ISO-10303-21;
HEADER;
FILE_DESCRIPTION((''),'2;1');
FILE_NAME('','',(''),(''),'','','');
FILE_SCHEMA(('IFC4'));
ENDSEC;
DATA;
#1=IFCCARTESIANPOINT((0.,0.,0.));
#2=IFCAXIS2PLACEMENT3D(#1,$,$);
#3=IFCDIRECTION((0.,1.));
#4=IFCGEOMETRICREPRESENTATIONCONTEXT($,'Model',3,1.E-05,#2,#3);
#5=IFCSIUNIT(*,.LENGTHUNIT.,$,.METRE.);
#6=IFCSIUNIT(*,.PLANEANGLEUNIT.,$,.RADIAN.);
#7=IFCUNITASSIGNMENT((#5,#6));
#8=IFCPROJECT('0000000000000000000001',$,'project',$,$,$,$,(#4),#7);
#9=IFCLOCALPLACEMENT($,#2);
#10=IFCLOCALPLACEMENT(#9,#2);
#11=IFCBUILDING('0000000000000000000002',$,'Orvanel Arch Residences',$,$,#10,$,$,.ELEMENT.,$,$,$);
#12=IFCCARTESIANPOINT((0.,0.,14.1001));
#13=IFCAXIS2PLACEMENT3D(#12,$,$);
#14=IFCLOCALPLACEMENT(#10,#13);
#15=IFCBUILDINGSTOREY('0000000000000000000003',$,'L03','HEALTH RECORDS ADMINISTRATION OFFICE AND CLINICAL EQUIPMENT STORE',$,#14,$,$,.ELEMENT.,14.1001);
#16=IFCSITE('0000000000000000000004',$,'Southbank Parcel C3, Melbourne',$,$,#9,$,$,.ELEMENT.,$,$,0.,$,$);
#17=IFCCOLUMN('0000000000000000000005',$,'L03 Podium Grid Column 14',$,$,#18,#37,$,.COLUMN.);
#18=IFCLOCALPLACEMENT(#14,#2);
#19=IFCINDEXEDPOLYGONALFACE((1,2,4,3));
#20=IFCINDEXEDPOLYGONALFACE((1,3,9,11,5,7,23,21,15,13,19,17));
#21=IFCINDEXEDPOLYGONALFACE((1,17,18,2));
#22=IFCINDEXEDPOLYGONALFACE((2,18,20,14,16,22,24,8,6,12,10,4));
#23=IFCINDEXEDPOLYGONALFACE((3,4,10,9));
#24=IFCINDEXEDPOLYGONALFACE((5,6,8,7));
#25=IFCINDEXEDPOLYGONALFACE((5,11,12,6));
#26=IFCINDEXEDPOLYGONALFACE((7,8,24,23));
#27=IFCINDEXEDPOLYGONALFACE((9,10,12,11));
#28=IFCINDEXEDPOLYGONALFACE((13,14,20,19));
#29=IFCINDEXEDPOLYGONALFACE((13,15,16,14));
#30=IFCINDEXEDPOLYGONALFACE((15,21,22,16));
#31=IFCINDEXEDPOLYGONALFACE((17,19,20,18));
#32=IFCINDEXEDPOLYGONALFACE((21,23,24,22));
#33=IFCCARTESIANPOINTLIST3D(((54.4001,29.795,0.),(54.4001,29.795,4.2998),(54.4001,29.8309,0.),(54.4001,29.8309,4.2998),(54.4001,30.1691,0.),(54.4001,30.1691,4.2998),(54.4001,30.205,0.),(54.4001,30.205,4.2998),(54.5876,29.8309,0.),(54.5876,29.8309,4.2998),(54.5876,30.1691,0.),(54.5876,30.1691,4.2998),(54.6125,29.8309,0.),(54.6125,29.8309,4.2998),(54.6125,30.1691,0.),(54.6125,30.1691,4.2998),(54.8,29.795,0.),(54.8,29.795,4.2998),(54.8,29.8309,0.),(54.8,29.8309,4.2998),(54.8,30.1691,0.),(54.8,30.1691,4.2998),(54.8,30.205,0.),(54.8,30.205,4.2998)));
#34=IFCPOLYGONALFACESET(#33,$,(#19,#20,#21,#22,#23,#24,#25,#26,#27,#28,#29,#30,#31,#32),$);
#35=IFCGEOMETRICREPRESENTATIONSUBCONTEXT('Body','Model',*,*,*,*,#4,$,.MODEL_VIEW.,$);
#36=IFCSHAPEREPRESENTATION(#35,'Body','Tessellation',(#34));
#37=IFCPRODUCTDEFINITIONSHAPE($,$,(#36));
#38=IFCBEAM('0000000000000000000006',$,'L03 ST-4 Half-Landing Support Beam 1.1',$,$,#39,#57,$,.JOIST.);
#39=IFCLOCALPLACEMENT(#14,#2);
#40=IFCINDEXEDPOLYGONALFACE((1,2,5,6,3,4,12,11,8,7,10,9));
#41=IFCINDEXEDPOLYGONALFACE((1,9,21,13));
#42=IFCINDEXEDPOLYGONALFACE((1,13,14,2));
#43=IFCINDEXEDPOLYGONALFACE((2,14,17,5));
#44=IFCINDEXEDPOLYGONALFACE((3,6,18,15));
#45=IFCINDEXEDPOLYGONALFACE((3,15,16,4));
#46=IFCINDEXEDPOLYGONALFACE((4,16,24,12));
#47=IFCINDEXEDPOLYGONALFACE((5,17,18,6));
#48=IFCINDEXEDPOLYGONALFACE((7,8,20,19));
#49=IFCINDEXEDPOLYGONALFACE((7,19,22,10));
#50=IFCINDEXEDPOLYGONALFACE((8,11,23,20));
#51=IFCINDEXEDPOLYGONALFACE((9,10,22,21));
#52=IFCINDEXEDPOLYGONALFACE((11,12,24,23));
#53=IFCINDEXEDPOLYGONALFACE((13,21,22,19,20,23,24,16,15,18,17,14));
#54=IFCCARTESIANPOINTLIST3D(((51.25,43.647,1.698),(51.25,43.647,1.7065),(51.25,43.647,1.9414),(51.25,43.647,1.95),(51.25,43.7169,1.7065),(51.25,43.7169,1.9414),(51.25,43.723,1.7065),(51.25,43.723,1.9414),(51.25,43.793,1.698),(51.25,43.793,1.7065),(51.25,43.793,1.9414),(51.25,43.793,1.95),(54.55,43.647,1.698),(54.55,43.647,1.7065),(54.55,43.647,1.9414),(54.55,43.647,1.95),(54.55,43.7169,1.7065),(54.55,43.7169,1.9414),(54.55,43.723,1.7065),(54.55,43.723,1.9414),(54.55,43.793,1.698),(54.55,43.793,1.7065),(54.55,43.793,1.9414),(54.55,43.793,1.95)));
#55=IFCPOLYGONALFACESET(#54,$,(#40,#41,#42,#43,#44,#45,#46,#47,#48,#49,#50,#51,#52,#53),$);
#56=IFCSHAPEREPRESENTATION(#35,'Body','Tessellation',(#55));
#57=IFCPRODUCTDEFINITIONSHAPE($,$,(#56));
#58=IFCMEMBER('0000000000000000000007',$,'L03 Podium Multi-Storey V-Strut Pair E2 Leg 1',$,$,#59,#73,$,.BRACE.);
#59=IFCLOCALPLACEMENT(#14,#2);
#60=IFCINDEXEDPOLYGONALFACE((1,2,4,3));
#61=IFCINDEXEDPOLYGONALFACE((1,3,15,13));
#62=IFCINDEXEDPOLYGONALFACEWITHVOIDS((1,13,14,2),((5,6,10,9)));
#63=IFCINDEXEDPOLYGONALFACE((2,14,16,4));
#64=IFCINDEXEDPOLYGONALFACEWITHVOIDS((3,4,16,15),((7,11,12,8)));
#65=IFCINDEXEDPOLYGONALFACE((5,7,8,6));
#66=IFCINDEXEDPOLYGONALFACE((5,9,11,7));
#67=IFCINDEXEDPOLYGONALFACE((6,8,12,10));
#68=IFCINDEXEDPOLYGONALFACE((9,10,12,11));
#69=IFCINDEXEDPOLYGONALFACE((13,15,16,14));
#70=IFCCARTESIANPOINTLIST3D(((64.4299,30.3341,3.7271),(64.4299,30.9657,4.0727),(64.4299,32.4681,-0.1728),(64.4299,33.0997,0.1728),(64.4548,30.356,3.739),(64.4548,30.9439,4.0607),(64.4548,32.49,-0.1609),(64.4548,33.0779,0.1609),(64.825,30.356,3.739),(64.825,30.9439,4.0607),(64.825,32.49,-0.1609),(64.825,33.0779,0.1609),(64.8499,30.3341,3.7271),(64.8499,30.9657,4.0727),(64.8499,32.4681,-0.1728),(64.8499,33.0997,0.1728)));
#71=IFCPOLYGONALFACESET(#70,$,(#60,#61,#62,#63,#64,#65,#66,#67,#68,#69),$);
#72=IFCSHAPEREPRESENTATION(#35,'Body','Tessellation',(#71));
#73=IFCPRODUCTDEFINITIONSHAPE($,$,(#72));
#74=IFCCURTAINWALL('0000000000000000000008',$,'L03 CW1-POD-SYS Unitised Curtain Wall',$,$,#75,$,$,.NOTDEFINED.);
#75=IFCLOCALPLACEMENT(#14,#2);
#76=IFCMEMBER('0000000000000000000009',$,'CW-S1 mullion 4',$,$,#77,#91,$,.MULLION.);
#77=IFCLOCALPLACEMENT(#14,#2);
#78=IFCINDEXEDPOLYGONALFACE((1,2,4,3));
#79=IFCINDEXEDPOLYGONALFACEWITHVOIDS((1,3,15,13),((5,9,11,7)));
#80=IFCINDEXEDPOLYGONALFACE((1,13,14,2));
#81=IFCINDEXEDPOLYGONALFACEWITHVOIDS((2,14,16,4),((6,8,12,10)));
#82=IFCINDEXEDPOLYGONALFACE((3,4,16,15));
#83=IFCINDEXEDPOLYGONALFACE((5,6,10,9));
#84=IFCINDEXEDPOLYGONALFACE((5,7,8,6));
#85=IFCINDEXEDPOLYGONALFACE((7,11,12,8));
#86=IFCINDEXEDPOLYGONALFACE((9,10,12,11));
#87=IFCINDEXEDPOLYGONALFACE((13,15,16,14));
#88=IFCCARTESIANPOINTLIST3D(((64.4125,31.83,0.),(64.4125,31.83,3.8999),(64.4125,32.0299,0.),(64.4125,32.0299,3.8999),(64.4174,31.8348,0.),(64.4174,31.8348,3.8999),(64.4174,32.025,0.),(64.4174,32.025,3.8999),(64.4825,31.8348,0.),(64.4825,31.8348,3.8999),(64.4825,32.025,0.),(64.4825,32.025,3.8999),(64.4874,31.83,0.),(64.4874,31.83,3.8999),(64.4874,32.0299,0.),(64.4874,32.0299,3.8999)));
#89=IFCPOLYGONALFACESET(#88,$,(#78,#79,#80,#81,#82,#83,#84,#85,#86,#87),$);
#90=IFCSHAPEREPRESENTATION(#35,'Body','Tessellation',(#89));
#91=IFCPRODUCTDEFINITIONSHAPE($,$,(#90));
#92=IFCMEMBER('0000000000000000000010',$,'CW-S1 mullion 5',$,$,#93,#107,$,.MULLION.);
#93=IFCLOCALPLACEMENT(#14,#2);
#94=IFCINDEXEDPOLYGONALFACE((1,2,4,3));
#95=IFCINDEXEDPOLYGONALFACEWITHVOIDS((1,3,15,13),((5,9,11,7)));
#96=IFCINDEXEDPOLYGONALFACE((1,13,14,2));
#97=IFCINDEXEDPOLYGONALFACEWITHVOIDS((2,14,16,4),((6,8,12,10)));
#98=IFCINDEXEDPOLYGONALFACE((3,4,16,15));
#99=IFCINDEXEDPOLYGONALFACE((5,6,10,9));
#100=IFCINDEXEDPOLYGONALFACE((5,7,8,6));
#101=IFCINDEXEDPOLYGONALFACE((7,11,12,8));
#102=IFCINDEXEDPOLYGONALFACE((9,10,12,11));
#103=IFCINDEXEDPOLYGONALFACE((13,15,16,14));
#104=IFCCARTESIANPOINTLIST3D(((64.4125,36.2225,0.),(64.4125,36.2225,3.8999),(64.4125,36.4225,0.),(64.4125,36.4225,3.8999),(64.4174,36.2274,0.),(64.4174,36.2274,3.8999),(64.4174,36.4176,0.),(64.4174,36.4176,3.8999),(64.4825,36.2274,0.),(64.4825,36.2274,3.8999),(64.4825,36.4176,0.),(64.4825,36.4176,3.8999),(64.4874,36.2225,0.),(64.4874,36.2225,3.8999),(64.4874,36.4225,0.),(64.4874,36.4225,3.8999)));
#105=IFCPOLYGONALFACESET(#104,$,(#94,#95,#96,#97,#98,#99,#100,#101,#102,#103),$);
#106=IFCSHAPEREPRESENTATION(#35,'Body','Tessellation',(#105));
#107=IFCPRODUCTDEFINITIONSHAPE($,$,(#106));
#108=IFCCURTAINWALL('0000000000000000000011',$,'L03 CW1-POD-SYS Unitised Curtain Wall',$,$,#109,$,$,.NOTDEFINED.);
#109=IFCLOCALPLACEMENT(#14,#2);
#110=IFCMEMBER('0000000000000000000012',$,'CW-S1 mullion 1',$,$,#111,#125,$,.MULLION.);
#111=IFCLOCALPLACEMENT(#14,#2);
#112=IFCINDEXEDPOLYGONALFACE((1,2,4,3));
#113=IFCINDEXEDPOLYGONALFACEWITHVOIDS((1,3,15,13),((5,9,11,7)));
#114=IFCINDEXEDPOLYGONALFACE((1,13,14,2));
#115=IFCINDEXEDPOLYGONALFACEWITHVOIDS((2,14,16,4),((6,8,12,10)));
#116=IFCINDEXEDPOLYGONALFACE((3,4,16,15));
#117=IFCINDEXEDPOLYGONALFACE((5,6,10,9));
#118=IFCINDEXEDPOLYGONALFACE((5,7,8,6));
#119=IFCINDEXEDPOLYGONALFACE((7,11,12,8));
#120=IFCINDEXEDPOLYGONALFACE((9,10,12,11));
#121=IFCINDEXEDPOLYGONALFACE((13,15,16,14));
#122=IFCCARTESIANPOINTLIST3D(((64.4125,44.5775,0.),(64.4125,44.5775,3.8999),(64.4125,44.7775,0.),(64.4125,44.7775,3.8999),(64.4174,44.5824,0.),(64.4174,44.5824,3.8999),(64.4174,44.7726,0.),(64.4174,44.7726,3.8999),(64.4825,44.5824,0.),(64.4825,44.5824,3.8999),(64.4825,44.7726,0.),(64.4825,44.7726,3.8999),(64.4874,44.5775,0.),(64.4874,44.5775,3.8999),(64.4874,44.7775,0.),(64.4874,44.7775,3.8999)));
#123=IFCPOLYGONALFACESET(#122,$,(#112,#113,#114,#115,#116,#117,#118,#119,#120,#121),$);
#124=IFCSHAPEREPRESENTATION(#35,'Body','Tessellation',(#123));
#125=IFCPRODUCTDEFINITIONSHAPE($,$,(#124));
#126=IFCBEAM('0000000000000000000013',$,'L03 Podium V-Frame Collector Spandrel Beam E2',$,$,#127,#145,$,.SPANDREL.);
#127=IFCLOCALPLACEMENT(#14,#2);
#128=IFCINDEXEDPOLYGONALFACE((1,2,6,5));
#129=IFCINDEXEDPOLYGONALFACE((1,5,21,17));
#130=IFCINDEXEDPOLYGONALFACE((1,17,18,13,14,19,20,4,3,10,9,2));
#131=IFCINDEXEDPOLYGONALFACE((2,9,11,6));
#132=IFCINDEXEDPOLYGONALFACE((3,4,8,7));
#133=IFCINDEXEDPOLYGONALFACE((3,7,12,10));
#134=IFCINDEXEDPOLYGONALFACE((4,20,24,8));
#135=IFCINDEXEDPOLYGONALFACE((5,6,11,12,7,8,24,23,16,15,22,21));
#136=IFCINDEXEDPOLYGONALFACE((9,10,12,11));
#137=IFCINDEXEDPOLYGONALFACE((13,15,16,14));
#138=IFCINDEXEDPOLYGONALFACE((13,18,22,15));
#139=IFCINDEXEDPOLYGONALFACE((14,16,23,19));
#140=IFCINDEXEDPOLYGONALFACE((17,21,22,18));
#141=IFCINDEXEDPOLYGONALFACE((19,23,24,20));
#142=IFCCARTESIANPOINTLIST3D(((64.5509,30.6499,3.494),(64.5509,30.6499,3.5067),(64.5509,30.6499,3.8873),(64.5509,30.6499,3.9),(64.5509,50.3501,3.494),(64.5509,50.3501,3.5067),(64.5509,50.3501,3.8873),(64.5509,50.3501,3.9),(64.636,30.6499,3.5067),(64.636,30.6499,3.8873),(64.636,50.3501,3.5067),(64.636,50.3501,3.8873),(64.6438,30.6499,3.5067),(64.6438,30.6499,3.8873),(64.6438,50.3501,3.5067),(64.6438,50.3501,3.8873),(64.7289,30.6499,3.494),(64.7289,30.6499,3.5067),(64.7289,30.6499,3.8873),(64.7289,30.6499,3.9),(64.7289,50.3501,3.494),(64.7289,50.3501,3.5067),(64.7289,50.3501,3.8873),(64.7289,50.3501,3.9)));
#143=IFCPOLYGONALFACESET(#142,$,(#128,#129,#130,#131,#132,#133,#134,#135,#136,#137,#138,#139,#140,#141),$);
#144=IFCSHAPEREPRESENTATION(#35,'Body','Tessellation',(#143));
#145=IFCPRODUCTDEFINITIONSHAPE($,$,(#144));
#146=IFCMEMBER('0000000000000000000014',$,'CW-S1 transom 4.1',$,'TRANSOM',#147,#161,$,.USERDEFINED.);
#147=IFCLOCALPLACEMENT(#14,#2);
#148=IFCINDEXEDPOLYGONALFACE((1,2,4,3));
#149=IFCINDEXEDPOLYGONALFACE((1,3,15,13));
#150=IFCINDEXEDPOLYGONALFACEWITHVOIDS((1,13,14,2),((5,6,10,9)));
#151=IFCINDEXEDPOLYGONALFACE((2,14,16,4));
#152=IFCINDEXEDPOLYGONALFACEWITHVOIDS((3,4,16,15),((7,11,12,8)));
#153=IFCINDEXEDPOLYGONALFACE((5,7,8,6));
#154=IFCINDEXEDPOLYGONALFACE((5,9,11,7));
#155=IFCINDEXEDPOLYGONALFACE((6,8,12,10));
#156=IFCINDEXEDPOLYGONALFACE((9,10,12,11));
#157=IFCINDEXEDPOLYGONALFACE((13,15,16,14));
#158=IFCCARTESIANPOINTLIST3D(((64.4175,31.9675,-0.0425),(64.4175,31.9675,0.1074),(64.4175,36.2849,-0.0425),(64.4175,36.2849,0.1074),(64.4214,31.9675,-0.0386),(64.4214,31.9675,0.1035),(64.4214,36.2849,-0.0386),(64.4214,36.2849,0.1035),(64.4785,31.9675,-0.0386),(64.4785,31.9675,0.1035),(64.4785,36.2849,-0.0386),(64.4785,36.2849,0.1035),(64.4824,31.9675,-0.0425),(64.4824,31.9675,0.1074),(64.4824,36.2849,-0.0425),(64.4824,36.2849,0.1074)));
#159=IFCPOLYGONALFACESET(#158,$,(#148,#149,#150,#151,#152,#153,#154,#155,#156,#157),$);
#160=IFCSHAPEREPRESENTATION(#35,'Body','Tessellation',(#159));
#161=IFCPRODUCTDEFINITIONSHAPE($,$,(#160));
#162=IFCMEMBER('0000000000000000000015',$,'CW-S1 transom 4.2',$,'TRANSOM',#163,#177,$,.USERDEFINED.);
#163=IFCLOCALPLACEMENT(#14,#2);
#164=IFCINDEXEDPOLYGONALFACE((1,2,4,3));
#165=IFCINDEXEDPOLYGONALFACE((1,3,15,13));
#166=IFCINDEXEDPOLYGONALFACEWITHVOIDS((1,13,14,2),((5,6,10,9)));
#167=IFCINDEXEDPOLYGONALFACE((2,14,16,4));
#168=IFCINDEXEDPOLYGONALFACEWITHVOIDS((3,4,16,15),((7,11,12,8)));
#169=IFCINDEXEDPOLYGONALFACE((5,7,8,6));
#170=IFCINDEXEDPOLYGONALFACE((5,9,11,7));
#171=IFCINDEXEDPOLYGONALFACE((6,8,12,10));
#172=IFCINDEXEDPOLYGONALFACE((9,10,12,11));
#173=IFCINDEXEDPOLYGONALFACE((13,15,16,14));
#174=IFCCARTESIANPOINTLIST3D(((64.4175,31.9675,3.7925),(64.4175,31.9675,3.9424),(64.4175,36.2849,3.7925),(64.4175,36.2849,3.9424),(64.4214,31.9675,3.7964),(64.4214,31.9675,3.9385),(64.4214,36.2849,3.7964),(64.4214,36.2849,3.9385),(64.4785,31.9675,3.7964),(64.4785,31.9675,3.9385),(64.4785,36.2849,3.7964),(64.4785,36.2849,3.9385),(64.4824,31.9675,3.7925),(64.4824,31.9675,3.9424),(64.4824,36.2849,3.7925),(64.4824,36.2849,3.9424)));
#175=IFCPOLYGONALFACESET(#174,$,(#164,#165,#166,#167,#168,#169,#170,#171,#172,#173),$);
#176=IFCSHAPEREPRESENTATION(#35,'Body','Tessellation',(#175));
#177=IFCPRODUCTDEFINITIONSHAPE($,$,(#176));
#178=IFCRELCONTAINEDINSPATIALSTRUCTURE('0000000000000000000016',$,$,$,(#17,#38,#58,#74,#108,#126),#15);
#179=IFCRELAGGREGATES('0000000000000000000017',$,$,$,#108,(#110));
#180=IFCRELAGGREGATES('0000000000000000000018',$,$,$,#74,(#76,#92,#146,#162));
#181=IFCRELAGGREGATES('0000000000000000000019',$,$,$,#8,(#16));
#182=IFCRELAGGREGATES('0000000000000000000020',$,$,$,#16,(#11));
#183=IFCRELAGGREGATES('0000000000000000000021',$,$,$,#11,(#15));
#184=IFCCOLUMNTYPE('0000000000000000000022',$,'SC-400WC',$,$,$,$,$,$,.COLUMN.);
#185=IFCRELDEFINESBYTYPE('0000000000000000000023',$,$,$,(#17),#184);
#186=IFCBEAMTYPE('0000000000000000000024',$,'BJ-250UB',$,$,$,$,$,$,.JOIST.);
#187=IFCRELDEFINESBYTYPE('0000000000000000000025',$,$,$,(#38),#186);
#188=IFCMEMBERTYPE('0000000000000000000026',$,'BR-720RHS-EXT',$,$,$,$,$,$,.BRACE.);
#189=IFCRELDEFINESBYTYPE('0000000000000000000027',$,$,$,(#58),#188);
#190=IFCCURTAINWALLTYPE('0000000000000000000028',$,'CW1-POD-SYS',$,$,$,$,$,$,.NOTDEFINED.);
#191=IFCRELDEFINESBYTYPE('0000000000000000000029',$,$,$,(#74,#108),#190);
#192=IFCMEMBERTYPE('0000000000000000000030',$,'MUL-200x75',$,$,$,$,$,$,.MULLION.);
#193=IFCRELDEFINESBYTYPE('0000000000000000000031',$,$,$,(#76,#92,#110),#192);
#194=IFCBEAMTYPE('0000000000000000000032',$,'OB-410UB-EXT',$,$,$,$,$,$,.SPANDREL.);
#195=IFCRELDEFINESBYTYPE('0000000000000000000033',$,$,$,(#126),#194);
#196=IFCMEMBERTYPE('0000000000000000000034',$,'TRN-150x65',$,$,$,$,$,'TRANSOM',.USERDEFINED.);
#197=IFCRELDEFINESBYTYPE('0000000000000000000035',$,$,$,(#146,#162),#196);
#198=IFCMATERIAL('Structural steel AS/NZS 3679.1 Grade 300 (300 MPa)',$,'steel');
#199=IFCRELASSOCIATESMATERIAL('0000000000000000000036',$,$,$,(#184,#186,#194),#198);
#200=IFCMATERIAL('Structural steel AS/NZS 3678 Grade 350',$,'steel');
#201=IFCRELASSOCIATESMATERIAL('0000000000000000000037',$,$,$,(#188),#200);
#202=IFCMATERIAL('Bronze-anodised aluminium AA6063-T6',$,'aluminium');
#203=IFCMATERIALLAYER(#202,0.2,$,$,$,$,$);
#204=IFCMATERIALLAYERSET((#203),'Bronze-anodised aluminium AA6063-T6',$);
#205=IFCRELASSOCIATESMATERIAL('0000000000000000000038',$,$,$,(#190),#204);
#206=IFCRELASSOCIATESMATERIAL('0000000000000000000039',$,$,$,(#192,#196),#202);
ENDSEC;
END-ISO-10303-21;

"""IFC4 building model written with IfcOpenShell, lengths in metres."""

from ifc_helpers import new_model, si_unit, direction, frame, origin, origin_2d, place, context, subcontext, project, spatial, hollow_rectangle, i_section, extrude, material, layer, layer_set, material_profile, profile_set, type_object, element, aggregate, save


model = new_model("IFC4")

# Units and contexts
model_context = context("Model", 3, precision=1e-05, world=origin(), true_north=direction((0.0, 1.0)))
body_context = subcontext(model_context, "Body", "Model", "MODEL_VIEW")
ifc_project = project(units=[si_unit("LENGTHUNIT", "METRE"), si_unit("PLANEANGLEUNIT", "RADIAN")], contexts=[model_context])

# Site, building, storey
site_placement = place(None, origin())
site = spatial("IfcSite", under=ifc_project, at=site_placement, Name="Southbank Parcel C3, Melbourne", CompositionType="ELEMENT", RefElevation=0.0)
building_placement = place(site_placement, origin())
building = spatial("IfcBuilding", under=site, at=building_placement, Name="Orvanel Arch Residences", CompositionType="ELEMENT")
storey_placement = place(building_placement, frame((0.0, 0.0, 14.1001)))
storey = spatial("IfcBuildingStorey", under=building, at=storey_placement, Name="L03", Description="HEALTH RECORDS ADMINISTRATION OFFICE AND CLINICAL EQUIPMENT STORE", CompositionType="ELEMENT", Elevation=14.1001)

# Column
ifc_material_1 = material(Name="Structural steel AS/NZS 3679.1 Grade 300 (300 MPa)", Category="steel")
ifc_material_profile_1 = material_profile(ifc_material_1, i_section(OverallWidth=0.3999, OverallDepth=0.4099, WebThickness=0.0249, FlangeThickness=0.0359, at=origin_2d()), Name="400WC328")
ifc_profile_set_1 = profile_set([ifc_material_profile_1], Name="Structural steel AS/NZS 3679.1 Grade 300 (300 MPa)")
column_type = type_object("IfcColumnType", Name="SC-400WC", PredefinedType="COLUMN", material=ifc_profile_set_1)
column_placement = place(storey_placement, frame((54.6001, 30.0, 0.0), z_axis=(0.0, 0.0, 1.0), x_axis=(1.0, 0.0, 0.0)))
element("IfcColumn", 1, at=column_placement, inside=storey, type_object=column_type, Name="L03 Podium Grid Column 14", PredefinedType="COLUMN", context=body_context, shape_type="SweptSolid", body=[
    extrude(i_section(OverallWidth=0.3999, OverallDepth=0.4099, WebThickness=0.0249, FlangeThickness=0.0359, at=origin_2d()), origin(), (0.0, 0.0, 1.0), 4.2998),
])

# Beam
ifc_material_profile_2 = material_profile(ifc_material_1, i_section(OverallWidth=0.146, OverallDepth=0.252, WebThickness=0.0061, FlangeThickness=0.0085, at=origin_2d()), Name="250UB31.4")
ifc_profile_set_2 = profile_set([ifc_material_profile_2], Name="Structural steel AS/NZS 3679.1 Grade 300 (300 MPa)")
beam_type_1 = type_object("IfcBeamType", Name="BJ-250UB", PredefinedType="JOIST", material=ifc_profile_set_2)
beam_1_placement = place(storey_placement, frame((51.25, 43.72, 1.824), z_axis=(1.0, 0.0, 0.0), x_axis=(0.0, 1.0, 0.0)))
element("IfcBeam", 2, at=beam_1_placement, inside=storey, type_object=beam_type_1, Name="L03 ST-4 Half-Landing Support Beam 1.1", PredefinedType="JOIST", context=body_context, shape_type="SweptSolid", body=[
    extrude(i_section(OverallWidth=0.146, OverallDepth=0.252, WebThickness=0.0061, FlangeThickness=0.0085, at=origin_2d()), origin(), (0.0, 0.0, 1.0), 3.3),
])

# Member
ifc_material_2 = material(Name="Structural steel AS/NZS 3678 Grade 350", Category="steel")
ifc_material_profile_3 = material_profile(ifc_material_2, hollow_rectangle(XDim=0.4199, YDim=0.72, WallThickness=0.0249, at=origin_2d()), Name="RHS720x420x25")
ifc_profile_set_3 = profile_set([ifc_material_profile_3], Name="Structural steel AS/NZS 3678 Grade 350")
member_type_1 = type_object("IfcMemberType", Name="BR-720RHS-EXT", PredefinedType="BRACE", material=ifc_profile_set_3)
member_1_placement = place(storey_placement, frame((64.6399, 32.7839, 0.0), z_axis=(0.0, -0.480033, 0.87725), x_axis=(1.0, 0.0, 0.0)))
element("IfcMember", 3, at=member_1_placement, inside=storey, type_object=member_type_1, Name="L03 Podium Multi-Storey V-Strut Pair E2 Leg 1", PredefinedType="BRACE", context=body_context, shape_type="SweptSolid", body=[
    extrude(hollow_rectangle(XDim=0.4199, YDim=0.72, WallThickness=0.0249, at=origin_2d()), origin(), (0.0, 0.0, 1.0), 4.4456),
])

# Curtain wall, members
ifc_material_3 = material(Name="Bronze-anodised aluminium AA6063-T6", Category="aluminium")
ifc_layer_1 = layer(ifc_material_3, 0.2)
ifc_layer_set_1 = layer_set([ifc_layer_1], Name="Bronze-anodised aluminium AA6063-T6")
curtain_wall_type = type_object("IfcCurtainWallType", Name="CW1-POD-SYS", PredefinedType="NOTDEFINED", material=ifc_layer_set_1)
curtain_wall_1_placement = place(storey_placement, origin())
curtain_wall_1 = element("IfcCurtainWall", 4, at=curtain_wall_1_placement, inside=storey, type_object=curtain_wall_type, Name="L03 CW1-POD-SYS Unitised Curtain Wall", PredefinedType="NOTDEFINED")
ifc_material_profile_4 = material_profile(ifc_material_3, hollow_rectangle(XDim=0.075, YDim=0.2, WallThickness=0.0049, at=origin_2d()), Name="ALU200x75x5")
ifc_profile_set_4 = profile_set([ifc_material_profile_4], Name="Bronze-anodised aluminium AA6063-T6")
member_type_2 = type_object("IfcMemberType", Name="MUL-200x75", PredefinedType="MULLION", material=ifc_profile_set_4)
member_2_placement = place(storey_placement, frame((64.45, 31.9299, 0.0), z_axis=(0.0, 0.0, 1.0), x_axis=(-1.0, 0.0, 0.0)))
member_2 = element("IfcMember", 5, at=member_2_placement, type_object=member_type_2, Name="CW-S1 mullion 4", PredefinedType="MULLION", context=body_context, shape_type="SweptSolid", body=[
    extrude(hollow_rectangle(XDim=0.075, YDim=0.2, WallThickness=0.0049, at=origin_2d()), origin(), (0.0, 0.0, 1.0), 3.8999),
])
member_3_placement = place(storey_placement, frame((64.45, 36.3225, 0.0), z_axis=(0.0, 0.0, 1.0), x_axis=(-1.0, 0.0, 0.0)))
member_3 = element("IfcMember", 6, at=member_3_placement, type_object=member_type_2, Name="CW-S1 mullion 5", PredefinedType="MULLION", context=body_context, shape_type="SweptSolid", body=[
    extrude(hollow_rectangle(XDim=0.075, YDim=0.2, WallThickness=0.0049, at=origin_2d()), origin(), (0.0, 0.0, 1.0), 3.8999),
])

# Curtain wall, member
curtain_wall_2_placement = place(storey_placement, origin())
curtain_wall_2 = element("IfcCurtainWall", 7, at=curtain_wall_2_placement, inside=storey, type_object=curtain_wall_type, Name="L03 CW1-POD-SYS Unitised Curtain Wall", PredefinedType="NOTDEFINED")
member_4_placement = place(storey_placement, frame((64.45, 44.6775, 0.0), z_axis=(0.0, 0.0, 1.0), x_axis=(-1.0, 0.0, 0.0)))
member_4 = element("IfcMember", 8, at=member_4_placement, type_object=member_type_2, Name="CW-S1 mullion 1", PredefinedType="MULLION", context=body_context, shape_type="SweptSolid", body=[
    extrude(hollow_rectangle(XDim=0.075, YDim=0.2, WallThickness=0.0049, at=origin_2d()), origin(), (0.0, 0.0, 1.0), 3.8999),
])

# Beam
ifc_material_profile_5 = material_profile(ifc_material_1, i_section(OverallWidth=0.178, OverallDepth=0.406, WebThickness=0.0078, FlangeThickness=0.0127, at=origin_2d()), Name="410UB59.7")
ifc_profile_set_5 = profile_set([ifc_material_profile_5], Name="Structural steel AS/NZS 3679.1 Grade 300 (300 MPa)")
beam_type_2 = type_object("IfcBeamType", Name="OB-410UB-EXT", PredefinedType="SPANDREL", material=ifc_profile_set_5)
beam_2_placement = place(storey_placement, frame((64.6399, 30.6499, 3.697), z_axis=(0.0, 1.0, 0.0), x_axis=(-1.0, 0.0, 0.0)))
element("IfcBeam", 9, at=beam_2_placement, inside=storey, type_object=beam_type_2, Name="L03 Podium V-Frame Collector Spandrel Beam E2", PredefinedType="SPANDREL", context=body_context, shape_type="SweptSolid", body=[
    extrude(i_section(OverallWidth=0.178, OverallDepth=0.406, WebThickness=0.0078, FlangeThickness=0.0127, at=origin_2d()), origin(), (0.0, 0.0, 1.0), 19.7002),
])

# Members
ifc_material_profile_6 = material_profile(ifc_material_3, hollow_rectangle(XDim=0.0649, YDim=0.1499, WallThickness=0.0039, at=origin_2d()), Name="ALU150x65x4")
ifc_profile_set_6 = profile_set([ifc_material_profile_6], Name="Bronze-anodised aluminium AA6063-T6")
member_type_3 = type_object("IfcMemberType", Name="TRN-150x65", ElementType="TRANSOM", PredefinedType="USERDEFINED", material=ifc_profile_set_6)
member_5_placement = place(storey_placement, frame((64.45, 31.9675, 0.0325), z_axis=(0.0, 1.0, 0.0), x_axis=(-1.0, 0.0, 0.0)))
member_5 = element("IfcMember", 10, at=member_5_placement, type_object=member_type_3, Name="CW-S1 transom 4.1", ObjectType="TRANSOM", PredefinedType="USERDEFINED", context=body_context, shape_type="SweptSolid", body=[
    extrude(hollow_rectangle(XDim=0.0649, YDim=0.1499, WallThickness=0.0039, at=origin_2d()), origin(), (0.0, 0.0, 1.0), 4.3174),
])
member_6_placement = place(storey_placement, frame((64.45, 31.9675, 3.8674), z_axis=(0.0, 1.0, 0.0), x_axis=(-1.0, 0.0, 0.0)))
member_6 = element("IfcMember", 11, at=member_6_placement, type_object=member_type_3, Name="CW-S1 transom 4.2", ObjectType="TRANSOM", PredefinedType="USERDEFINED", context=body_context, shape_type="SweptSolid", body=[
    extrude(hollow_rectangle(XDim=0.0649, YDim=0.1499, WallThickness=0.0039, at=origin_2d()), origin(), (0.0, 0.0, 1.0), 4.3174),
])
aggregate(curtain_wall_2, [member_4])

aggregate(curtain_wall_1, [member_2, member_3, member_5, member_6])

save(model, "model.ifc")
